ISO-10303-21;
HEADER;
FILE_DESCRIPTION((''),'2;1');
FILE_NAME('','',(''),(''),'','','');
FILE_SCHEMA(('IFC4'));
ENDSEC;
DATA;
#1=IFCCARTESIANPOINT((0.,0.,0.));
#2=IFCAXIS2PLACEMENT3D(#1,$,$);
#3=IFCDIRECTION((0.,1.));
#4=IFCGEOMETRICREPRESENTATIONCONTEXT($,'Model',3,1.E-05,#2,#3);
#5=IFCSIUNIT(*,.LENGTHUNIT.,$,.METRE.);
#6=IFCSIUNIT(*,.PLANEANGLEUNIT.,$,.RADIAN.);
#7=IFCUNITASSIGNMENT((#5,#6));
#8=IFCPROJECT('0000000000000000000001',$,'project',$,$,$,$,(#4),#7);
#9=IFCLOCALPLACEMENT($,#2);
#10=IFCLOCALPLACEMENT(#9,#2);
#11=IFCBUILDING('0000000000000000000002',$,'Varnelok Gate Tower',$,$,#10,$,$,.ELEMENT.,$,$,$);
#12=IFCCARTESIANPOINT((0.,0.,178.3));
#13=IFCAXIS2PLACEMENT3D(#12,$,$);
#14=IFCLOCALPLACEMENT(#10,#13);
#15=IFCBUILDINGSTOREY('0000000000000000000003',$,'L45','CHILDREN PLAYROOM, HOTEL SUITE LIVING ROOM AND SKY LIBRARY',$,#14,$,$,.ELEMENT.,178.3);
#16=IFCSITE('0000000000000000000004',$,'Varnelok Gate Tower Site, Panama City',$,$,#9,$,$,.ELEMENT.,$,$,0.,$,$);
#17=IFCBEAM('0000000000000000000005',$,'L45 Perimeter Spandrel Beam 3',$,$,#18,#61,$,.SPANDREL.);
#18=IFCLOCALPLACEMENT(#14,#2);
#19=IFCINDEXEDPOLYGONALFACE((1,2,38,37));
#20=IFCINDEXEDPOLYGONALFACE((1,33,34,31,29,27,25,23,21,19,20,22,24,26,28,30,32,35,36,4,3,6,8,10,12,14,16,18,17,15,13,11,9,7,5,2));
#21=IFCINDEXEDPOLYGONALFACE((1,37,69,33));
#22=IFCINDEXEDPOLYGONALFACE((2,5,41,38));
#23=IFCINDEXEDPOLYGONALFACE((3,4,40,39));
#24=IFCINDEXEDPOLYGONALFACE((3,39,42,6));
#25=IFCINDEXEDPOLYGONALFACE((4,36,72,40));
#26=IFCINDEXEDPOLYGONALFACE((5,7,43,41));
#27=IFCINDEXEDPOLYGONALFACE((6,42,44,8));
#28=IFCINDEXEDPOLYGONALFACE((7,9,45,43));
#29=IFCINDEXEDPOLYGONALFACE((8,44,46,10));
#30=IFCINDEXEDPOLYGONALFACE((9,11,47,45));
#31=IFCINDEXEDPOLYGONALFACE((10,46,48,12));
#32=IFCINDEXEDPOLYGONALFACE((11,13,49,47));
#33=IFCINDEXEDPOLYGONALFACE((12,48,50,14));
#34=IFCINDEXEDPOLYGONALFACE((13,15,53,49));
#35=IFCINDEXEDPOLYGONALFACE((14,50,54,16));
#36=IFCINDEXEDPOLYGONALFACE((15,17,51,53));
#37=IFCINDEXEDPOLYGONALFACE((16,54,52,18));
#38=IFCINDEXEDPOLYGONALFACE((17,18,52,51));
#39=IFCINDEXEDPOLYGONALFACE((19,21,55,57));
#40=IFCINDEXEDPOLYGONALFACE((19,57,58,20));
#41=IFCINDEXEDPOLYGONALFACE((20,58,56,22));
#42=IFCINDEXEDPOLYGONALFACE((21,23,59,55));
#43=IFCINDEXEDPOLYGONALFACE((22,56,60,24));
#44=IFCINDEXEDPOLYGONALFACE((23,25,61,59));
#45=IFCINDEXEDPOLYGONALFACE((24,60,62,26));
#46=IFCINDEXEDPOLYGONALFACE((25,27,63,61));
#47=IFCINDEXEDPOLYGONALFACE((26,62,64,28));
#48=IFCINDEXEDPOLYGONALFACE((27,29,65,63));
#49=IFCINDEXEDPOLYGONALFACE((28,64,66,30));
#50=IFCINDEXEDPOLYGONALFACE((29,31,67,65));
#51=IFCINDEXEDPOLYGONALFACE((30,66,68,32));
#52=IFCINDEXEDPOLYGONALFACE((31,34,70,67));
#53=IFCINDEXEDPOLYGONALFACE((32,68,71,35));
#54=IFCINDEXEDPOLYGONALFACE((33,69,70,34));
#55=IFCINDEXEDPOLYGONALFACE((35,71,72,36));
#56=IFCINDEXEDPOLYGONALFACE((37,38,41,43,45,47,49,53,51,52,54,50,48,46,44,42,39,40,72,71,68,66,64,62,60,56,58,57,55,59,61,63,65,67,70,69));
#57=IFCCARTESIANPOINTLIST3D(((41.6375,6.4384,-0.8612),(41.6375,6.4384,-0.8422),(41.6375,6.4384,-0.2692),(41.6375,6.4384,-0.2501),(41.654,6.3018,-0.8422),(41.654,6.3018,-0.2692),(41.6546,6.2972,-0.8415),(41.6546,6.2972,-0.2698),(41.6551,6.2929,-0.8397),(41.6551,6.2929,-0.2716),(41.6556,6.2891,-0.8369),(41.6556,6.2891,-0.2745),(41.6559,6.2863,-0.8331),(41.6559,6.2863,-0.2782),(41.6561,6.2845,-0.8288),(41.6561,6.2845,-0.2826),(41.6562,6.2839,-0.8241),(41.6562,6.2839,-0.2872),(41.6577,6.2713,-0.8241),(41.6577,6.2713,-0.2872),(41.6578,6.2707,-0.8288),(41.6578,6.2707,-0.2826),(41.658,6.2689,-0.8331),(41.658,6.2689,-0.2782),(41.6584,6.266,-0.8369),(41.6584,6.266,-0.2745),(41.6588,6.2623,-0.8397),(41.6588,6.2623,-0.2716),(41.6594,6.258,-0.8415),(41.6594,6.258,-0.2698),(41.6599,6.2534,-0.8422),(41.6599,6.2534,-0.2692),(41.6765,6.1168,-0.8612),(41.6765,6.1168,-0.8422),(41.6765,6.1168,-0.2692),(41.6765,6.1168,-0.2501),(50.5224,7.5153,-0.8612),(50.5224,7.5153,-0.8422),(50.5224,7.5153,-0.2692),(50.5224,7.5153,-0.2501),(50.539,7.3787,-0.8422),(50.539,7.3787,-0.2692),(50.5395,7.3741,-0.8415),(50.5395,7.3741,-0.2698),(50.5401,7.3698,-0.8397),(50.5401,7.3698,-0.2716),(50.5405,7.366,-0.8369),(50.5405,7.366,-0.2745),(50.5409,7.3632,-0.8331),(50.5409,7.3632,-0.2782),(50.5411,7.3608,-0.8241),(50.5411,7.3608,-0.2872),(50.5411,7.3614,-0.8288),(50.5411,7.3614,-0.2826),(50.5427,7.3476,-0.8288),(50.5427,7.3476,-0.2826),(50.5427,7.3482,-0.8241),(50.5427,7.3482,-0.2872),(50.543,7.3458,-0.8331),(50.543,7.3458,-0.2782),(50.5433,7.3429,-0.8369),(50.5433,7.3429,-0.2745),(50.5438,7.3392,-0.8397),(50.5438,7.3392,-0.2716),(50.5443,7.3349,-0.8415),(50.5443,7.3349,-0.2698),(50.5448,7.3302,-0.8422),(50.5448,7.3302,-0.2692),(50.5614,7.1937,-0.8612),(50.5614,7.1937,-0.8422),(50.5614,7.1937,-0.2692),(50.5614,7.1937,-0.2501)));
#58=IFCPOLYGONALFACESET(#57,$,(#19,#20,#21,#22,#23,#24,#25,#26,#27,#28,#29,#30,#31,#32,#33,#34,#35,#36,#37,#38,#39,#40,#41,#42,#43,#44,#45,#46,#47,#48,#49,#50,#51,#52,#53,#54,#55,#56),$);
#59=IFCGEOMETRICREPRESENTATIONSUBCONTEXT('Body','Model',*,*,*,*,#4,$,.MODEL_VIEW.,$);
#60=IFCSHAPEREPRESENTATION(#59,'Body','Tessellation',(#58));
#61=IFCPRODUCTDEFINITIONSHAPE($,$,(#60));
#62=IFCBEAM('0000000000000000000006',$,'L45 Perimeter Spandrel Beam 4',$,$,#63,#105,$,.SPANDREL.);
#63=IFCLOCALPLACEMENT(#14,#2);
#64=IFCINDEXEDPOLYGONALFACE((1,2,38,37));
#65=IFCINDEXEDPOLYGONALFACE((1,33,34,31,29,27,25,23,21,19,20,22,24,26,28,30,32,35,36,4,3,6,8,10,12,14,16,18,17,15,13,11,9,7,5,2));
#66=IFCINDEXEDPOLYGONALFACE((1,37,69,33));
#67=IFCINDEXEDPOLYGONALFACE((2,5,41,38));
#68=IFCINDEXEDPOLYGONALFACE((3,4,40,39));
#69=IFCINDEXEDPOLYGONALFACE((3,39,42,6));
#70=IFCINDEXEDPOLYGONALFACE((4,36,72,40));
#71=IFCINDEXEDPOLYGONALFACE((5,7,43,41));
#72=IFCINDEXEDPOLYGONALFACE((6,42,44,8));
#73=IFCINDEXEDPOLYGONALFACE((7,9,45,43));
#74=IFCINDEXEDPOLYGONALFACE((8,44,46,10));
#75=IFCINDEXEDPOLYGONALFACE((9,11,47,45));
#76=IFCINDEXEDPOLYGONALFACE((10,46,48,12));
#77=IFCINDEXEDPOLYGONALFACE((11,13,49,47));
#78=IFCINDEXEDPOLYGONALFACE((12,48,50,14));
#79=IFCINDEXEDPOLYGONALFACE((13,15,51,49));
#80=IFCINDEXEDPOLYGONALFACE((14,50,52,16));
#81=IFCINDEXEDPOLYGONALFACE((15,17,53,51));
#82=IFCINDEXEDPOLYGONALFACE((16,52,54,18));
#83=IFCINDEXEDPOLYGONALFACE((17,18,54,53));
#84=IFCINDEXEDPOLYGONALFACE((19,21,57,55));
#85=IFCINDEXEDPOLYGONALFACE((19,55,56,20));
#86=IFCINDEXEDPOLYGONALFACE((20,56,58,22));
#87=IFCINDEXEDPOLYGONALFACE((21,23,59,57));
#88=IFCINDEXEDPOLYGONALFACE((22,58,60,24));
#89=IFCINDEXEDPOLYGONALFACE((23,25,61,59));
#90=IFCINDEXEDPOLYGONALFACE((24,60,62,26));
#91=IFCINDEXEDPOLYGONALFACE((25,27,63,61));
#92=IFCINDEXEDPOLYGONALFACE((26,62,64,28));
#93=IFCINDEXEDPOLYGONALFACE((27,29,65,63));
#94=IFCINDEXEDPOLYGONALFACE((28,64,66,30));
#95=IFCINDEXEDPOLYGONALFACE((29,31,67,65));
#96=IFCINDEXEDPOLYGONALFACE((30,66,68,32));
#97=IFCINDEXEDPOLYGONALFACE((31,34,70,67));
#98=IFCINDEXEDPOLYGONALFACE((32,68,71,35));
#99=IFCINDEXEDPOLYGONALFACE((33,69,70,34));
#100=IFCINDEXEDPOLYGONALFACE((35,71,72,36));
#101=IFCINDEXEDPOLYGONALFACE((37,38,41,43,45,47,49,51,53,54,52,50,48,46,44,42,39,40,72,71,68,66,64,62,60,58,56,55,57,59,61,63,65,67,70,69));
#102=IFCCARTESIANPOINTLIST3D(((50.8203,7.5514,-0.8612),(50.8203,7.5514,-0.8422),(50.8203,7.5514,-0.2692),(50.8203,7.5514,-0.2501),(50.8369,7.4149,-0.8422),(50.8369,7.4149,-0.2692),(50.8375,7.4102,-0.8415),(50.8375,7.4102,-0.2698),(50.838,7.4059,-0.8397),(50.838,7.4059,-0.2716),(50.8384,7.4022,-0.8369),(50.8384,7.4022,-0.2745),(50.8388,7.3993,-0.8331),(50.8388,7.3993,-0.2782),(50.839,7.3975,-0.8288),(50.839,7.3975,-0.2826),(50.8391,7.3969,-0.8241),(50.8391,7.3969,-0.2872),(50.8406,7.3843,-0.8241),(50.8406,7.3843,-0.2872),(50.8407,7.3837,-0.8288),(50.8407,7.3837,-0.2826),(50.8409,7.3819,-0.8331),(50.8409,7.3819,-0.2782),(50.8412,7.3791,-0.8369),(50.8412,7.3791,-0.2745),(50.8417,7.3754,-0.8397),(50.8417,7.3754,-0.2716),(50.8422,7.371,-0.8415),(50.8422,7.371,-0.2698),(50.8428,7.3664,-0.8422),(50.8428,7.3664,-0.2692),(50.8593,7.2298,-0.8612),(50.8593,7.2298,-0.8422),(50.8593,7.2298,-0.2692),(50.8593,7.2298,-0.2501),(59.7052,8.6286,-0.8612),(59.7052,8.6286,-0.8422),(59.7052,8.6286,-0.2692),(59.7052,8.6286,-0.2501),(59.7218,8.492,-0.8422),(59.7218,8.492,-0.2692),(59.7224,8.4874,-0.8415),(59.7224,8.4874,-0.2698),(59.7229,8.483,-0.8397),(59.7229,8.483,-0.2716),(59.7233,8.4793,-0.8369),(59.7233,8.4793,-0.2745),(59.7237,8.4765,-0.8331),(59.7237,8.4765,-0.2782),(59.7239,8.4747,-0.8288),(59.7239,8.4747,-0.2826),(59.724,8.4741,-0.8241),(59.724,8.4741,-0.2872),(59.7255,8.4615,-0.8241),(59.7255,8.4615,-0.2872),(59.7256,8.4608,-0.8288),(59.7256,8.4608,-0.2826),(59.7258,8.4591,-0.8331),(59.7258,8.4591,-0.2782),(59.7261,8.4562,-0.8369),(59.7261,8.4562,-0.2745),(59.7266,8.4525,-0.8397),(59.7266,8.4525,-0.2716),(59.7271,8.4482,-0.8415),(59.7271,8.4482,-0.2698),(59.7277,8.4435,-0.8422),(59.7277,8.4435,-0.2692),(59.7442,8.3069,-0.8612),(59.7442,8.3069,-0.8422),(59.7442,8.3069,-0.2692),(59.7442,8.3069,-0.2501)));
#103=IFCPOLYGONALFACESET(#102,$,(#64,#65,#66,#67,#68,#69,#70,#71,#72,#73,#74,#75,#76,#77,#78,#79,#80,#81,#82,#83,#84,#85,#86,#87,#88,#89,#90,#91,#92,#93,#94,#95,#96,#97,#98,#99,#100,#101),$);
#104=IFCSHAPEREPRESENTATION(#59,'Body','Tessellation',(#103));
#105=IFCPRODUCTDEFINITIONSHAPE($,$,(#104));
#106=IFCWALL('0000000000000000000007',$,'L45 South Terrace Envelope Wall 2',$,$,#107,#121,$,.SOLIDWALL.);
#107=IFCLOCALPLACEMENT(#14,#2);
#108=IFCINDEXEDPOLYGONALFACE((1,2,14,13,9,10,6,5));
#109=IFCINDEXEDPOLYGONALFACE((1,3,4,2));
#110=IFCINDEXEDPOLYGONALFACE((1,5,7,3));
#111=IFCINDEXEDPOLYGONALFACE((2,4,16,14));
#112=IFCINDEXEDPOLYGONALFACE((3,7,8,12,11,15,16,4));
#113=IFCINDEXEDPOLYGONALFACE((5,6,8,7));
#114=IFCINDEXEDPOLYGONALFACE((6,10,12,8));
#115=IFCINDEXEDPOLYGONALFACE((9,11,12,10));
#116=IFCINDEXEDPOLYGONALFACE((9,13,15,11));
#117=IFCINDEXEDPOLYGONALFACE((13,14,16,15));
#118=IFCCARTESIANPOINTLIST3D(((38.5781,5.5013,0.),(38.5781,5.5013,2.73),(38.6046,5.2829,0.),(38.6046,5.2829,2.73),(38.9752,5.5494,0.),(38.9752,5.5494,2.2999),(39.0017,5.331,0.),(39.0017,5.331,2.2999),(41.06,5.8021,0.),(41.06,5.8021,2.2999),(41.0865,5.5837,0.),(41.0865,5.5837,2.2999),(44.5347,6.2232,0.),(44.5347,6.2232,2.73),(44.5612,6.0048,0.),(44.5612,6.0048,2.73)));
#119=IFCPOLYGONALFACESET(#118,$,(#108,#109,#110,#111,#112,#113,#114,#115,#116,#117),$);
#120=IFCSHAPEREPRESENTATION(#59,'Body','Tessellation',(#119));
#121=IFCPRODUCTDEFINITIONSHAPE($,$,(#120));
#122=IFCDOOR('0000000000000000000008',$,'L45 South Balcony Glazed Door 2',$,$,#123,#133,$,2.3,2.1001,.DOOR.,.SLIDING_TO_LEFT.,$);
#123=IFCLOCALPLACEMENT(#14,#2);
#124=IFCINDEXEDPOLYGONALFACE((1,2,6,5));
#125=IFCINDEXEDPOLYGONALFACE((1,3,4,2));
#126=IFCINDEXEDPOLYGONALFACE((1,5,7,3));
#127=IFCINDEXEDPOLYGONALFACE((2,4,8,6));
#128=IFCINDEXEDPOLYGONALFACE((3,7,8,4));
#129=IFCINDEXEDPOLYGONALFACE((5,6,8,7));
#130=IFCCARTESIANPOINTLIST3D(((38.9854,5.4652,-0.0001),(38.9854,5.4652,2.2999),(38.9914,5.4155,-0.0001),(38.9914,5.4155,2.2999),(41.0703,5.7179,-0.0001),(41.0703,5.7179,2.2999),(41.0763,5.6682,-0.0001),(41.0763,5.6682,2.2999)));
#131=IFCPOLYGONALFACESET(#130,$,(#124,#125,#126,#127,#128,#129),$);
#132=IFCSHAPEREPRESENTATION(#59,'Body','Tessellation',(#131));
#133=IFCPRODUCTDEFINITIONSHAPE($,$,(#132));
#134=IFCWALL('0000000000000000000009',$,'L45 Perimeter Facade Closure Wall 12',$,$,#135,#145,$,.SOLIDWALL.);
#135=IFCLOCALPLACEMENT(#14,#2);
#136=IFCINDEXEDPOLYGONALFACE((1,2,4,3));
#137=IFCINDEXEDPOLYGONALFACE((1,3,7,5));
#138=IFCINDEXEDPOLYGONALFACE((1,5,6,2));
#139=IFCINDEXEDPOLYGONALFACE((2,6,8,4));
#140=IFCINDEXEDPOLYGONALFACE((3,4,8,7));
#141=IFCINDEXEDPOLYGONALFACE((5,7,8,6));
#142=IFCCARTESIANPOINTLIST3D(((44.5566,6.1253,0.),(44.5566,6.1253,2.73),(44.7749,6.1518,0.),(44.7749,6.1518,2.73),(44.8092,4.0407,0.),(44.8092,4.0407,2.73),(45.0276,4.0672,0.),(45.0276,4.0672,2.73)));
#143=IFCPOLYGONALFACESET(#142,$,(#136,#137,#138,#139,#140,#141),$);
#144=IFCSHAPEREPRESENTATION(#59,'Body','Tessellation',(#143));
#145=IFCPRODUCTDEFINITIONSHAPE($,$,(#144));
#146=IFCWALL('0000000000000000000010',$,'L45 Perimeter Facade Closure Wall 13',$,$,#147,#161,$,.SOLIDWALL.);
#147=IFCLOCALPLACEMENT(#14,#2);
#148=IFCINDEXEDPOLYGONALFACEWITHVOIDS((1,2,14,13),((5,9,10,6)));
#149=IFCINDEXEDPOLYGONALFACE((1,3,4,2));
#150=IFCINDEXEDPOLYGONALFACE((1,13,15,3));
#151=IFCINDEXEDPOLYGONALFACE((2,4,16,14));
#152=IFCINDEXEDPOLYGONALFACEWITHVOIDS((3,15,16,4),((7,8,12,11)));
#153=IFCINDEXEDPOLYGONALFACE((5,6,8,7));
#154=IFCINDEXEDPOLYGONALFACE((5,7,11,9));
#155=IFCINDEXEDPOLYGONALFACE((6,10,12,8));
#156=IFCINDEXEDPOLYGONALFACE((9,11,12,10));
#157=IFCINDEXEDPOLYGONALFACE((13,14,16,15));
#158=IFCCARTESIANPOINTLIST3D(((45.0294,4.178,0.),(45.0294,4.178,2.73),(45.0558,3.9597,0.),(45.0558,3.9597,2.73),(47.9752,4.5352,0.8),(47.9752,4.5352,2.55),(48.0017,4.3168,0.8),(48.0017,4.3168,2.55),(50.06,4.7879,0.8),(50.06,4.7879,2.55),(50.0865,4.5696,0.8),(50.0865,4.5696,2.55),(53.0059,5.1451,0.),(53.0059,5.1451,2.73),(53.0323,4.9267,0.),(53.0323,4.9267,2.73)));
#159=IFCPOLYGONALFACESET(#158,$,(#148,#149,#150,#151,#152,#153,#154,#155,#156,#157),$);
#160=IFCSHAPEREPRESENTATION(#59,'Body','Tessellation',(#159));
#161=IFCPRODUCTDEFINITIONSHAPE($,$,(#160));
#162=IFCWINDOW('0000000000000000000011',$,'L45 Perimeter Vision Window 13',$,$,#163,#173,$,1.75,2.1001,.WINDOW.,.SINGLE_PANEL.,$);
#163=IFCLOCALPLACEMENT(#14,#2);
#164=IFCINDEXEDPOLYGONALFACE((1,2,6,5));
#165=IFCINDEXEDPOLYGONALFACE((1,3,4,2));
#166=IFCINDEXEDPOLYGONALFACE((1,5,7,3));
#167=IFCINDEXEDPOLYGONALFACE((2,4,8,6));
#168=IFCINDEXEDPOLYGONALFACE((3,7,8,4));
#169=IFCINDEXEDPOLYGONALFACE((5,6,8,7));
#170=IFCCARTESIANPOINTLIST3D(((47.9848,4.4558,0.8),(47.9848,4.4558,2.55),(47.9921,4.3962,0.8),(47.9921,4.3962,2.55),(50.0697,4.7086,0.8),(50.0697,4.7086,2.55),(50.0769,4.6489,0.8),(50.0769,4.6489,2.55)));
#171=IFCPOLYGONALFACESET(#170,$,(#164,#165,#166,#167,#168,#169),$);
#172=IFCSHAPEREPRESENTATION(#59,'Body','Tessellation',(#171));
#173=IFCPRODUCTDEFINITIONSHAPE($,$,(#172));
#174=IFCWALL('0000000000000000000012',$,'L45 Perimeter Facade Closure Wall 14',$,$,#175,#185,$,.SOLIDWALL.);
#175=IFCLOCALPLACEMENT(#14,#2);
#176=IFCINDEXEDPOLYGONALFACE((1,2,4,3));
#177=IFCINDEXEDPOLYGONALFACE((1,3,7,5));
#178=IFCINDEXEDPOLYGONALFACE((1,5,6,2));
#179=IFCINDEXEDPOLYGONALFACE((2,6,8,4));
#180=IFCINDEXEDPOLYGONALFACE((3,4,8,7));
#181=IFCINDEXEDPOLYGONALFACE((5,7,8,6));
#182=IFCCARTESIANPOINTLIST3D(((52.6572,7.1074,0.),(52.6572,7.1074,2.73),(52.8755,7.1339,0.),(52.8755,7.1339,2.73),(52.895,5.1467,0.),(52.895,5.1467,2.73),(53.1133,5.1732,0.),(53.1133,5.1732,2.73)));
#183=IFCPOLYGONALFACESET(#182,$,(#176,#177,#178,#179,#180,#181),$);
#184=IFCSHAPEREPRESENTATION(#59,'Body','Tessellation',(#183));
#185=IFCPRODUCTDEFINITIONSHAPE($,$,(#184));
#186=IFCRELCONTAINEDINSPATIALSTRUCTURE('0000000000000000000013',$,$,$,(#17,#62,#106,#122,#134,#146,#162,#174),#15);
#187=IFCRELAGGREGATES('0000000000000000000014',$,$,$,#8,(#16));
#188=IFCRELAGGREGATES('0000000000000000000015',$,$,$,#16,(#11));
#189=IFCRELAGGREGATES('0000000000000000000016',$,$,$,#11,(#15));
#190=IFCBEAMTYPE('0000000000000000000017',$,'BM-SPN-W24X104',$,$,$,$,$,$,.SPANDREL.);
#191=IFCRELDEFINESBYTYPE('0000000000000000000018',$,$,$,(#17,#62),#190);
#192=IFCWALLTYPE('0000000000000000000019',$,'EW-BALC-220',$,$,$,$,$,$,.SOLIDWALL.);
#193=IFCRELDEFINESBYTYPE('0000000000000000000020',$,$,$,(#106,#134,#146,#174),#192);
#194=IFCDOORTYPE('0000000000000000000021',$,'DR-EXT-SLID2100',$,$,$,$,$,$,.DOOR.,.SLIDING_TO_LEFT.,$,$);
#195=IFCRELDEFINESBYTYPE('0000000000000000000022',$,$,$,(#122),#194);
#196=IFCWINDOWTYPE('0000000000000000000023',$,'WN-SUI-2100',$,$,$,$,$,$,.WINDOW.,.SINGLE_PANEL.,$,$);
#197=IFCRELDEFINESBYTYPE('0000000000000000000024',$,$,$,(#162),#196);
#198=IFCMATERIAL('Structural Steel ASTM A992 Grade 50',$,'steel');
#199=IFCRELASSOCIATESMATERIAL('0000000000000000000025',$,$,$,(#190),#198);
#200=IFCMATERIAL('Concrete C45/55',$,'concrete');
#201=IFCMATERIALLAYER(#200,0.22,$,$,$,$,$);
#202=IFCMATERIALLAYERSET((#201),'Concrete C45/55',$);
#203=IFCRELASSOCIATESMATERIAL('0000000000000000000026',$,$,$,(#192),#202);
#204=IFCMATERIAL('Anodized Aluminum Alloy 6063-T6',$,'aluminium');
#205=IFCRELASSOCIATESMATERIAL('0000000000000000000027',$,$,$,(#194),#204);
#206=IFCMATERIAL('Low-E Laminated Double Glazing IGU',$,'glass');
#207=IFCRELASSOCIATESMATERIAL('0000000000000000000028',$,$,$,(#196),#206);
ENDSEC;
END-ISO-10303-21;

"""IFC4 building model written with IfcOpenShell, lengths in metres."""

from ifc_helpers import new_model, si_unit, direction, frame, frame_2d, origin, origin_2d, place, context, subcontext, project, spatial, rectangle, i_section, extrude, material, layer, layer_set, material_profile, profile_set, type_object, element, fill, save


model = new_model("IFC4")

# Units and contexts
model_context = context("Model", 3, precision=1e-05, world=origin(), true_north=direction((0.0, 1.0)))
body_context = subcontext(model_context, "Body", "Model", "MODEL_VIEW")
ifc_project = project(units=[si_unit("LENGTHUNIT", "METRE"), si_unit("PLANEANGLEUNIT", "RADIAN")], contexts=[model_context])

# Site, building, storey
site_placement = place(None, origin())
site = spatial("IfcSite", under=ifc_project, at=site_placement, Name="Varnelok Gate Tower Site, Panama City", CompositionType="ELEMENT", RefElevation=0.0)
building_placement = place(site_placement, origin())
building = spatial("IfcBuilding", under=site, at=building_placement, Name="Varnelok Gate Tower", CompositionType="ELEMENT")
storey_placement = place(building_placement, frame((0.0, 0.0, 178.3)))
storey = spatial("IfcBuildingStorey", under=building, at=storey_placement, Name="L45", Description="CHILDREN PLAYROOM, HOTEL SUITE LIVING ROOM AND SKY LIBRARY", CompositionType="ELEMENT", Elevation=178.3)

# Shared definitions
ifc_material_1 = material(Name="Structural Steel ASTM A992 Grade 50", Category="steel")

# Beams
ifc_material_profile_1 = material_profile(ifc_material_1, i_section(OverallWidth=0.324, OverallDepth=0.6111, WebThickness=0.0127, FlangeThickness=0.019, FilletRadius=0.0181, at=origin_2d()), Name="W24X104")
ifc_profile_set_1 = profile_set([ifc_material_profile_1], Name="Structural Steel ASTM A992 Grade 50")
beam_type_1 = type_object("IfcBeamType", Name="BM-SPN-W24X104", PredefinedType="SPANDREL", material=ifc_profile_set_1)
for number, where, z_axis, x_axis, name in (
    (1, (41.657, 6.2776, -0.5557), (0.992735, 0.120324, 0.0), (-0.120324, 0.992735, 0.0), "L45 Perimeter Spandrel Beam 3"),
    (2, (50.8398, 7.3906, -0.5557), (0.992731, 0.120351, 0.0), (-0.120351, 0.992731, 0.0), "L45 Perimeter Spandrel Beam 4"),
):
    element("IfcBeam", number, at=place(storey_placement, frame(where, z_axis=z_axis, x_axis=x_axis)), inside=storey, type_object=beam_type_1, Name=name, PredefinedType="SPANDREL", context=body_context, shape_type="SweptSolid", body=[
        extrude(i_section(OverallWidth=0.324, OverallDepth=0.6111, WebThickness=0.0127, FlangeThickness=0.019, FilletRadius=0.0181, at=origin_2d()), origin(), (0.0, 0.0, 1.0), 8.95),
    ])

# Wall, opening, door
ifc_material_2 = material(Name="Concrete C45/55", Category="concrete")
ifc_layer_1 = layer(ifc_material_2, 0.22)
ifc_layer_set_1 = layer_set([ifc_layer_1], Name="Concrete C45/55")
wall_type_1 = type_object("IfcWallType", Name="EW-BALC-220", PredefinedType="SOLIDWALL", material=ifc_layer_set_1)
wall_1_placement = place(storey_placement, frame((44.5479, 6.114, 0.0), z_axis=(0.0, 0.0, 1.0), x_axis=(-0.992735, -0.120318, 0.0)))
wall_1 = element("IfcWall", 3, at=wall_1_placement, inside=storey, type_object=wall_type_1, Name="L45 South Terrace Envelope Wall 2", PredefinedType="SOLIDWALL", context=body_context, shape_type="SweptSolid", body=[
    extrude(rectangle(XDim=6.0002, YDim=0.22, at=frame_2d((3.0, 0.0))), origin(), (0.0, 0.0, 1.0), 2.73),
])
opening_1_placement = place(wall_1_placement, frame((3.5, 0.0, 0.0)))
opening_1 = element("IfcOpeningElement", 4, at=opening_1_placement, cuts=wall_1, PredefinedType="OPENING", context=body_context, shape_type="SweptSolid", body=[
    extrude(rectangle(XDim=2.1001, YDim=2.3, at=frame_2d((1.05, 1.1499))), frame((0.0, 0.1199, 0.0), z_axis=(0.0, -1.0, 0.0), x_axis=(1.0, 0.0, 0.0)), (0.0, 0.0, 1.0), 0.24),
])
ifc_material_3 = material(Name="Anodized Aluminum Alloy 6063-T6", Category="aluminium")
door_type_1 = type_object("IfcDoorType", Name="DR-EXT-SLID2100", OperationType="SLIDING_TO_LEFT", PredefinedType="DOOR", material=ifc_material_3)
door_1_placement = place(opening_1_placement, origin())
door_1 = element("IfcDoor", 5, at=door_1_placement, inside=storey, type_object=door_type_1, Name="L45 South Balcony Glazed Door 2", OperationType="SLIDING_TO_LEFT", OverallHeight=2.3, OverallWidth=2.1001, PredefinedType="DOOR", context=body_context, shape_type="SweptSolid", body=[
    extrude(rectangle(XDim=2.1001, YDim=2.3, at=frame_2d((1.05, 1.1499))), frame((0.0, 0.0249, 0.0), z_axis=(0.0, -1.0, 0.0), x_axis=(1.0, 0.0, 0.0)), (0.0, 0.0, 1.0), 0.05),
])
fill(opening_1, door_1)

# Wall
wall_2_placement = place(storey_placement, frame((44.6658, 6.1384, 0.0), z_axis=(0.0, 0.0, 1.0), x_axis=(0.120328, -0.992734, 0.0)))
element("IfcWall", 6, at=wall_2_placement, inside=storey, type_object=wall_type_1, Name="L45 Perimeter Facade Closure Wall 12", PredefinedType="SOLIDWALL", context=body_context, shape_type="SweptSolid", body=[
    extrude(rectangle(XDim=2.0999, YDim=0.22, at=frame_2d((1.0498, 0.0))), origin(), (0.0, 0.0, 1.0), 2.73),
])

# Wall, opening, window
wall_3_placement = place(storey_placement, frame((45.0425, 4.0688, 0.0), z_axis=(0.0, 0.0, 1.0), x_axis=(0.992731, 0.120354, 0.0)))
wall_3 = element("IfcWall", 7, at=wall_3_placement, inside=storey, type_object=wall_type_1, Name="L45 Perimeter Facade Closure Wall 13", PredefinedType="SOLIDWALL", context=body_context, shape_type="SweptSolid", body=[
    extrude(rectangle(XDim=8.0349, YDim=0.22, at=frame_2d((4.0176, 0.0))), origin(), (0.0, 0.0, 1.0), 2.73),
])
opening_2_placement = place(wall_3_placement, frame((2.9675, 0.0, 0.8)))
opening_2 = element("IfcOpeningElement", 8, at=opening_2_placement, cuts=wall_3, PredefinedType="OPENING", context=body_context, shape_type="SweptSolid", body=[
    extrude(rectangle(XDim=2.1001, YDim=1.75, at=frame_2d((1.05, 0.875))), frame((0.0, 0.1199, 0.0), z_axis=(0.0, -1.0, 0.0), x_axis=(1.0, 0.0, 0.0)), (0.0, 0.0, 1.0), 0.24),
])
ifc_material_4 = material(Name="Low-E Laminated Double Glazing IGU", Category="glass")
window_type = type_object("IfcWindowType", Name="WN-SUI-2100", PartitioningType="SINGLE_PANEL", PredefinedType="WINDOW", material=ifc_material_4)
window_placement = place(opening_2_placement, origin())
window = element("IfcWindow", 9, at=window_placement, inside=storey, type_object=window_type, Name="L45 Perimeter Vision Window 13", OverallHeight=1.75, OverallWidth=2.1001, PartitioningType="SINGLE_PANEL", PredefinedType="WINDOW", context=body_context, shape_type="SweptSolid", body=[
    extrude(rectangle(XDim=2.1001, YDim=1.75, at=frame_2d((1.05, 0.875))), frame((0.0, 0.03, 0.0), z_axis=(0.0, -1.0, 0.0), x_axis=(1.0, 0.0, 0.0)), (0.0, 0.0, 1.0), 0.0601),
])
fill(opening_2, window)

# Wall
wall_4_placement = place(storey_placement, frame((53.0042, 5.1599, 0.0), z_axis=(0.0, 0.0, 1.0), x_axis=(-0.120398, 0.992726, 0.0)))
element("IfcWall", 10, at=wall_4_placement, inside=storey, type_object=wall_type_1, Name="L45 Perimeter Facade Closure Wall 14", PredefinedType="SOLIDWALL", context=body_context, shape_type="SweptSolid", body=[
    extrude(rectangle(XDim=1.9751, YDim=0.22, at=frame_2d((0.9875, 0.0))), origin(), (0.0, 0.0, 1.0), 2.73),
])

save(model, "model.ifc")
